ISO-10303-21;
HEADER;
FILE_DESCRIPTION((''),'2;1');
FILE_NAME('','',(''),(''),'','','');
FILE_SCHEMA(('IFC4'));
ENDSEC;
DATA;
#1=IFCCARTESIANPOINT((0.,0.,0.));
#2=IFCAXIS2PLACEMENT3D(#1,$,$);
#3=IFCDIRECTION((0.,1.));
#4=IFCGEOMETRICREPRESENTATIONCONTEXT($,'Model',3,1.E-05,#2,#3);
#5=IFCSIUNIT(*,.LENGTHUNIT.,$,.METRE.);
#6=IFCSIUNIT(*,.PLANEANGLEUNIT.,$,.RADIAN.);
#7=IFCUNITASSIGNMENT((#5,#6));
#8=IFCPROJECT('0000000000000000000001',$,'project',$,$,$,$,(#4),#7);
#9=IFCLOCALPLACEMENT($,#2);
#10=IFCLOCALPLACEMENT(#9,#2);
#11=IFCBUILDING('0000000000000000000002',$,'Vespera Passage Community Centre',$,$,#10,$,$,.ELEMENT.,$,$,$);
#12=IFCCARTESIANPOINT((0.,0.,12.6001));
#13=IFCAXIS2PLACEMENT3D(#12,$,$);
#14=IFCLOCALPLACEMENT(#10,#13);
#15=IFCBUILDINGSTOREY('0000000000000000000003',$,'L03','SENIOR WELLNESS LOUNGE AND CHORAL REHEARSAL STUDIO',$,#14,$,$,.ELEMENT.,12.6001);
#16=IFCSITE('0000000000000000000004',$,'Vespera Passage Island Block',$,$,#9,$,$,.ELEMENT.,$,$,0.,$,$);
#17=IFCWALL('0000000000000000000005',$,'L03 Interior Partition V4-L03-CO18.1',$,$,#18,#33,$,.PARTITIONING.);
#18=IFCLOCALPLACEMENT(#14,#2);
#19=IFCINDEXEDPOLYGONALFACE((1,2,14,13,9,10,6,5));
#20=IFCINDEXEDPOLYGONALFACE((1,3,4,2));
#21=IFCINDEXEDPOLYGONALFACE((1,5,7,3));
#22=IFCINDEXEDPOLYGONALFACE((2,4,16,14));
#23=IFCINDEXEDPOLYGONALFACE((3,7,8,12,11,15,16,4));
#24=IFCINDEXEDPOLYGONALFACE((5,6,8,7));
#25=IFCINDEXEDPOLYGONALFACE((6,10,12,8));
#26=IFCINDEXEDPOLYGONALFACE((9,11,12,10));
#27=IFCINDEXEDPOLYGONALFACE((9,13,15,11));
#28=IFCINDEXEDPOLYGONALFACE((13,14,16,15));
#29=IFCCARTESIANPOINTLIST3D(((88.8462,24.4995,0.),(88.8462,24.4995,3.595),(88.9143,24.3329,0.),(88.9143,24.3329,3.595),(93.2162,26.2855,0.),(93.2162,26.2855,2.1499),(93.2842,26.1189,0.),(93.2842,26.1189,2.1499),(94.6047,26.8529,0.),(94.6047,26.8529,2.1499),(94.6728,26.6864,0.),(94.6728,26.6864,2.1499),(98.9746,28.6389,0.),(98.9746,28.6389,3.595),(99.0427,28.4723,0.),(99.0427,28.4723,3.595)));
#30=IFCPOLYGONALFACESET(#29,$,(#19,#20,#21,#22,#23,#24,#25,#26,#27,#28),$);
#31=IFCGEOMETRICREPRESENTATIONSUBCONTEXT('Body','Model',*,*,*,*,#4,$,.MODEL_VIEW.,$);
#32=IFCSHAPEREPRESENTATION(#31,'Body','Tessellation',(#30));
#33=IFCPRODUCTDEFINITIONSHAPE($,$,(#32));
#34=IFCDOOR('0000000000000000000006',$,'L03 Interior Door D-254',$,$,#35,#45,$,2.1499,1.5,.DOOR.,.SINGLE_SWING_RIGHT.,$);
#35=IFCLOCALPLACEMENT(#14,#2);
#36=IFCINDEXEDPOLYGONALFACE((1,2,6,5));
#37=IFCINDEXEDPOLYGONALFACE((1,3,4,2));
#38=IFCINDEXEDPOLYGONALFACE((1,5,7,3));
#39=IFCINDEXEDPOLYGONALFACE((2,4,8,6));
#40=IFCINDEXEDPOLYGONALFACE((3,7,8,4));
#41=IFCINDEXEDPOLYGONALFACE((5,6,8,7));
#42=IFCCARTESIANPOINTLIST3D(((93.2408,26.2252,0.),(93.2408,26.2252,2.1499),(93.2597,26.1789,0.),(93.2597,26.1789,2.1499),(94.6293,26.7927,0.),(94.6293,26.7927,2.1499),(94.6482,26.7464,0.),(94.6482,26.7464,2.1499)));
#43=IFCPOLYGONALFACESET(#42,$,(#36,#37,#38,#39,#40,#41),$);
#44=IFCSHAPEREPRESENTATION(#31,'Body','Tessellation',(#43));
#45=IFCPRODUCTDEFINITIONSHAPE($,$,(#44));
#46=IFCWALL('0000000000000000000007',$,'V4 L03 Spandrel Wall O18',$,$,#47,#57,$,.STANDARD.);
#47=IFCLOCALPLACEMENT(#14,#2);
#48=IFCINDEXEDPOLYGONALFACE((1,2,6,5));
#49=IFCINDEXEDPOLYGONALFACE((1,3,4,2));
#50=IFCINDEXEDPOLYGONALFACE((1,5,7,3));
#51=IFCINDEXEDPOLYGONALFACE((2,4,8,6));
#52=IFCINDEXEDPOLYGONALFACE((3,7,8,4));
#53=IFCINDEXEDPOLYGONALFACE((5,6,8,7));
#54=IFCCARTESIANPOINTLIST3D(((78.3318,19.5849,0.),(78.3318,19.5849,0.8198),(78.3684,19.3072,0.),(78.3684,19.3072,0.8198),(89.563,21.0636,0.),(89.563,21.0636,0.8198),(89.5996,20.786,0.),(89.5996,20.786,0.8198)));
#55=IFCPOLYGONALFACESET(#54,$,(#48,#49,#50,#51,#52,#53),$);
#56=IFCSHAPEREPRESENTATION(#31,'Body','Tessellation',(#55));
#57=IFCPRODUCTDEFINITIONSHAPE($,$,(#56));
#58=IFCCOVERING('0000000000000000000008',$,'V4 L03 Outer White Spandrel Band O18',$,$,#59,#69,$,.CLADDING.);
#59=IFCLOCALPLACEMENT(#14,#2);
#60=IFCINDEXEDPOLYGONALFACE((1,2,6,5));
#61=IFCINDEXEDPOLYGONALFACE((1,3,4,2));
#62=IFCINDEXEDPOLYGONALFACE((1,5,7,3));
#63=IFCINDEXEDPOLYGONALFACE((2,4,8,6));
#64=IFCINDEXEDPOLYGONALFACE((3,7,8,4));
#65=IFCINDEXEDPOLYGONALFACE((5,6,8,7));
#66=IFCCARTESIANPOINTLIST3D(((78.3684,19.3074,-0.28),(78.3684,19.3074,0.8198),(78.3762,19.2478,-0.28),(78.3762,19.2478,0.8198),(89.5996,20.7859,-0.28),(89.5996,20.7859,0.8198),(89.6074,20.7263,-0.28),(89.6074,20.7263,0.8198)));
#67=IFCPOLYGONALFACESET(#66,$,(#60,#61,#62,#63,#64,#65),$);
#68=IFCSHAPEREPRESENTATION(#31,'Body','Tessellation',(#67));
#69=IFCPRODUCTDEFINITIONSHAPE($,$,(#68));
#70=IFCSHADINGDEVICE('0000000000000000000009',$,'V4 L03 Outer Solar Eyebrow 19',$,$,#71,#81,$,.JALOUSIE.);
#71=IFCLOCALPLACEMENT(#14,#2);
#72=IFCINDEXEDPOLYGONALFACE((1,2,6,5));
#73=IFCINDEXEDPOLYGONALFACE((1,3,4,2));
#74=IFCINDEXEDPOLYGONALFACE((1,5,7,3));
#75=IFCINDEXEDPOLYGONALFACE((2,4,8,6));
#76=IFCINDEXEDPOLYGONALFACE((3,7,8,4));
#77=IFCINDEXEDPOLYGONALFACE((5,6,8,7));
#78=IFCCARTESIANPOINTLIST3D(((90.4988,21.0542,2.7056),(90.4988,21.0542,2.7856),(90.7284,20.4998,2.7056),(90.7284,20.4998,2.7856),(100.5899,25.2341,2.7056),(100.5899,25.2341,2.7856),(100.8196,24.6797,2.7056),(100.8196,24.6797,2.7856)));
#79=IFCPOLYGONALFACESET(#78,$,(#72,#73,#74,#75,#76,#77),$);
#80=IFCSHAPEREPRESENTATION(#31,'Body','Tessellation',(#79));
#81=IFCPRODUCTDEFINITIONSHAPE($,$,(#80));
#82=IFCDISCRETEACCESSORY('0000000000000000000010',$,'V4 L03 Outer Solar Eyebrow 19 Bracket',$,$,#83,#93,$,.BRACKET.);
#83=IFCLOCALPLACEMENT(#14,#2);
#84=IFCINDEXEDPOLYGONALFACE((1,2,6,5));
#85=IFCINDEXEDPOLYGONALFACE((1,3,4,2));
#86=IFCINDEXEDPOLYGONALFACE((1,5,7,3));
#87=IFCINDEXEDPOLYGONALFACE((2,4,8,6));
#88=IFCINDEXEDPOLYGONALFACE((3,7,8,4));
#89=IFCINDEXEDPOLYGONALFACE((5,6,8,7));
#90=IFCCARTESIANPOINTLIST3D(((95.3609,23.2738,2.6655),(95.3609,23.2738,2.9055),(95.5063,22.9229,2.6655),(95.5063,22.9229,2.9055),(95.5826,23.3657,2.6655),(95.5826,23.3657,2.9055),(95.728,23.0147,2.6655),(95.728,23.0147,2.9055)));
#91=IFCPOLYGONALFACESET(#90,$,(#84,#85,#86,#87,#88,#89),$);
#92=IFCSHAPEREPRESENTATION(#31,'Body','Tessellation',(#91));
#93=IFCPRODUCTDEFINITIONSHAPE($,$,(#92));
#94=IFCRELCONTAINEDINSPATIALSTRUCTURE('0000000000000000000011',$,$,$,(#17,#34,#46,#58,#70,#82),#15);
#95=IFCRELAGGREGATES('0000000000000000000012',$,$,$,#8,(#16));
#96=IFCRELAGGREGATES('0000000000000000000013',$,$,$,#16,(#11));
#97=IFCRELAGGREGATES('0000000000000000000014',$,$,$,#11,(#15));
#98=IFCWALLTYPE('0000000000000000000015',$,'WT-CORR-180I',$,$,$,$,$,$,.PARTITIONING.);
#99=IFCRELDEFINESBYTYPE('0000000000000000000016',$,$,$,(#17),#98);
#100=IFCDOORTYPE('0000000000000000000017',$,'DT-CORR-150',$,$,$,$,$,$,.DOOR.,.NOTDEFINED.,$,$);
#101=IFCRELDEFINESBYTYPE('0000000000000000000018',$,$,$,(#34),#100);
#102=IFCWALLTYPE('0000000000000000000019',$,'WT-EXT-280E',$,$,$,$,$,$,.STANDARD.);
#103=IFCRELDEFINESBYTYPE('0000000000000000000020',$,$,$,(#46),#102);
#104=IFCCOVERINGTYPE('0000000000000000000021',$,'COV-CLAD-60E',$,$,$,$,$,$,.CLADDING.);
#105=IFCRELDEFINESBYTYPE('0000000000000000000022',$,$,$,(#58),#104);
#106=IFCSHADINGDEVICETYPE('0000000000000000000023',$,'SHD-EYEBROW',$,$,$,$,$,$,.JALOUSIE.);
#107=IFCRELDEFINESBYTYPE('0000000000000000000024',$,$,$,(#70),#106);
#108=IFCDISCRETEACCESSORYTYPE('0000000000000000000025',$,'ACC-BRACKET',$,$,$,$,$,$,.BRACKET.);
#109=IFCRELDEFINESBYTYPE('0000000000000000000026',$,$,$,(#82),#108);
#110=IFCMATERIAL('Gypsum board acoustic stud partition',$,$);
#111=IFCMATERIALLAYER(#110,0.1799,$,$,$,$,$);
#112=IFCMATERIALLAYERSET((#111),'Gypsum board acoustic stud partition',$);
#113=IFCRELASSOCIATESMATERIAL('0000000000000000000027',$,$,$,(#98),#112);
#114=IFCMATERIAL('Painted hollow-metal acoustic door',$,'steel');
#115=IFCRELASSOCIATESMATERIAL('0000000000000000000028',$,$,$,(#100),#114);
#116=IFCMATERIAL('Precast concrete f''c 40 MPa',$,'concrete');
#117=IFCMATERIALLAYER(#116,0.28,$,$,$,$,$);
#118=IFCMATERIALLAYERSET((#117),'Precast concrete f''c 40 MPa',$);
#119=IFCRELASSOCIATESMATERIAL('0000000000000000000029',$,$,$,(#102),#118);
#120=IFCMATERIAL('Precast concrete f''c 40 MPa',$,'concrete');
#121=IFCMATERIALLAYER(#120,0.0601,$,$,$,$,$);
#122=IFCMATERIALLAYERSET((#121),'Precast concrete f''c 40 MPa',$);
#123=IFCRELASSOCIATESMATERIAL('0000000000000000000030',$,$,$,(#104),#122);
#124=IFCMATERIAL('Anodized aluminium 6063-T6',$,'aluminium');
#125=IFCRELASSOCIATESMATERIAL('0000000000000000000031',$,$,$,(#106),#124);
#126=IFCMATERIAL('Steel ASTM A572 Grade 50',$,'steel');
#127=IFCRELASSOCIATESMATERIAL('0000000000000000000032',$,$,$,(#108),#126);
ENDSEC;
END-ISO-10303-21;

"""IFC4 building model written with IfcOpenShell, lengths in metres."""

from ifc_helpers import new_model, si_unit, direction, frame, frame_2d, origin, origin_2d, place, context, subcontext, project, spatial, rectangle, extrude, material, layer, layer_set, type_object, element, fill, save


model = new_model("IFC4")

# Units and contexts
model_context = context("Model", 3, precision=1e-05, world=origin(), true_north=direction((0.0, 1.0)))
body_context = subcontext(model_context, "Body", "Model", "MODEL_VIEW")
ifc_project = project(units=[si_unit("LENGTHUNIT", "METRE"), si_unit("PLANEANGLEUNIT", "RADIAN")], contexts=[model_context])

# Site, building, storey
site_placement = place(None, origin())
site = spatial("IfcSite", under=ifc_project, at=site_placement, Name="Vespera Passage Island Block", CompositionType="ELEMENT", RefElevation=0.0)
building_placement = place(site_placement, origin())
building = spatial("IfcBuilding", under=site, at=building_placement, Name="Vespera Passage Community Centre", CompositionType="ELEMENT")
storey_placement = place(building_placement, frame((0.0, 0.0, 12.6001)))
storey = spatial("IfcBuildingStorey", under=building, at=storey_placement, Name="L03", Description="SENIOR WELLNESS LOUNGE AND CHORAL REHEARSAL STUDIO", CompositionType="ELEMENT", Elevation=12.6001)

# Wall, opening, door
ifc_material_1 = material(Name="Gypsum board acoustic stud partition")
ifc_layer_1 = layer(ifc_material_1, 0.1799)
ifc_layer_set_1 = layer_set([ifc_layer_1], Name="Gypsum board acoustic stud partition")
wall_type_1 = type_object("IfcWallType", Name="WT-CORR-180I", PredefinedType="PARTITIONING", material=ifc_layer_set_1)
wall_1_placement = place(storey_placement, frame((88.8804, 24.4163, 0.0), z_axis=(0.0, 0.0, 1.0), x_axis=(0.925676, 0.378317, 0.0)))
wall_1 = element("IfcWall", 1, at=wall_1_placement, inside=storey, type_object=wall_type_1, Name="L03 Interior Partition V4-L03-CO18.1", PredefinedType="PARTITIONING", context=body_context, shape_type="SweptSolid", body=[
    extrude(rectangle(XDim=10.9417, YDim=0.1799, at=frame_2d((5.4707, 0.0))), origin(), (0.0, 0.0, 1.0), 3.595),
])
opening_placement = place(wall_1_placement, frame((4.7207, 0.0, 0.0)))
opening = element("IfcOpeningElement", 2, at=opening_placement, cuts=wall_1, PredefinedType="OPENING", context=body_context, shape_type="SweptSolid", body=[
    extrude(rectangle(XDim=1.5, YDim=2.1499, at=frame_2d((0.75, 1.075))), frame((0.0, 0.0999, 0.0), z_axis=(0.0, -1.0, 0.0), x_axis=(1.0, 0.0, 0.0)), (0.0, 0.0, 1.0), 0.2),
])
ifc_material_2 = material(Name="Painted hollow-metal acoustic door", Category="steel")
door_type = type_object("IfcDoorType", Name="DT-CORR-150", OperationType="NOTDEFINED", PredefinedType="DOOR", material=ifc_material_2)
door_placement = place(opening_placement, origin())
door = element("IfcDoor", 3, at=door_placement, inside=storey, type_object=door_type, Name="L03 Interior Door D-254", OperationType="SINGLE_SWING_RIGHT", OverallHeight=2.1499, OverallWidth=1.5, PredefinedType="DOOR", context=body_context, shape_type="SweptSolid", body=[
    extrude(rectangle(XDim=1.5, YDim=2.1499, at=frame_2d((0.75, 1.075))), frame((0.0, 0.0249, 0.0), z_axis=(0.0, -1.0, 0.0), x_axis=(1.0, 0.0, 0.0)), (0.0, 0.0, 1.0), 0.05),
])
fill(opening, door)

# Wall
ifc_material_3 = material(Name="Precast concrete f'c 40 MPa", Category="concrete")
ifc_layer_2 = layer(ifc_material_3, 0.28)
ifc_layer_set_2 = layer_set([ifc_layer_2], Name="Precast concrete f'c 40 MPa")
wall_type_2 = type_object("IfcWallType", Name="WT-EXT-280E", PredefinedType="STANDARD", material=ifc_layer_set_2)
wall_2_placement = place(storey_placement, frame((89.5813, 20.9248, 0.0), z_axis=(0.0, 0.0, 1.0), x_axis=(-0.991443, -0.130539, 0.0)))
element("IfcWall", 4, at=wall_2_placement, inside=storey, type_object=wall_type_2, Name="V4 L03 Spandrel Wall O18", PredefinedType="STANDARD", context=body_context, shape_type="SweptSolid", body=[
    extrude(rectangle(XDim=11.3281, YDim=0.28, at=frame_2d((5.6641, 0.0))), origin(), (0.0, 0.0, 1.0), 0.8198),
])

# Covering
ifc_material_4 = material(Name="Precast concrete f'c 40 MPa", Category="concrete")
ifc_layer_3 = layer(ifc_material_4, 0.0601)
ifc_layer_set_3 = layer_set([ifc_layer_3], Name="Precast concrete f'c 40 MPa")
covering_type = type_object("IfcCoveringType", Name="COV-CLAD-60E", PredefinedType="CLADDING", material=ifc_layer_set_3)
covering_placement = place(storey_placement, frame((89.6035, 20.7561, -0.28), z_axis=(0.0, 0.0, 1.0), x_axis=(-0.991446, -0.130518, 0.0)))
element("IfcCovering", 5, at=covering_placement, inside=storey, type_object=covering_type, Name="V4 L03 Outer White Spandrel Band O18", PredefinedType="CLADDING", context=body_context, shape_type="SweptSolid", body=[
    extrude(rectangle(XDim=11.3281, YDim=0.0601, at=frame_2d((5.6641, 0.0))), origin(), (0.0, 0.0, 1.0), 1.0999),
])

# Shading device
ifc_material_5 = material(Name="Anodized aluminium 6063-T6", Category="aluminium")
shading_device_type = type_object("IfcShadingDeviceType", Name="SHD-EYEBROW", PredefinedType="JALOUSIE", material=ifc_material_5)
shading_device_placement = place(storey_placement, frame((95.6592, 22.8669, 2.7056), z_axis=(0.0, 0.0, 1.0), x_axis=(-0.92388, -0.382683, 0.0)))
element("IfcShadingDevice", 6, at=shading_device_placement, inside=storey, type_object=shading_device_type, Name="V4 L03 Outer Solar Eyebrow 19", PredefinedType="JALOUSIE", context=body_context, shape_type="SweptSolid", body=[
    extrude(rectangle(XDim=10.9226, YDim=0.6001, at=origin_2d()), origin(), (0.0, 0.0, 1.0), 0.0801),
])

# Discrete accessory
ifc_material_6 = material(Name="Steel ASTM A572 Grade 50", Category="steel")
discrete_accessory_type = type_object("IfcDiscreteAccessoryType", Name="ACC-BRACKET", PredefinedType="BRACKET", material=ifc_material_6)
discrete_accessory_placement = place(storey_placement, frame((95.5444, 23.1443, 2.6655), z_axis=(0.0, 0.0, 1.0), x_axis=(-0.92388, -0.382683, 0.0)))
element("IfcDiscreteAccessory", 7, at=discrete_accessory_placement, inside=storey, type_object=discrete_accessory_type, Name="V4 L03 Outer Solar Eyebrow 19 Bracket", PredefinedType="BRACKET", context=body_context, shape_type="SweptSolid", body=[
    extrude(rectangle(XDim=0.24, YDim=0.3799, at=origin_2d()), origin(), (0.0, 0.0, 1.0), 0.24),
])

save(model, "model.ifc")
